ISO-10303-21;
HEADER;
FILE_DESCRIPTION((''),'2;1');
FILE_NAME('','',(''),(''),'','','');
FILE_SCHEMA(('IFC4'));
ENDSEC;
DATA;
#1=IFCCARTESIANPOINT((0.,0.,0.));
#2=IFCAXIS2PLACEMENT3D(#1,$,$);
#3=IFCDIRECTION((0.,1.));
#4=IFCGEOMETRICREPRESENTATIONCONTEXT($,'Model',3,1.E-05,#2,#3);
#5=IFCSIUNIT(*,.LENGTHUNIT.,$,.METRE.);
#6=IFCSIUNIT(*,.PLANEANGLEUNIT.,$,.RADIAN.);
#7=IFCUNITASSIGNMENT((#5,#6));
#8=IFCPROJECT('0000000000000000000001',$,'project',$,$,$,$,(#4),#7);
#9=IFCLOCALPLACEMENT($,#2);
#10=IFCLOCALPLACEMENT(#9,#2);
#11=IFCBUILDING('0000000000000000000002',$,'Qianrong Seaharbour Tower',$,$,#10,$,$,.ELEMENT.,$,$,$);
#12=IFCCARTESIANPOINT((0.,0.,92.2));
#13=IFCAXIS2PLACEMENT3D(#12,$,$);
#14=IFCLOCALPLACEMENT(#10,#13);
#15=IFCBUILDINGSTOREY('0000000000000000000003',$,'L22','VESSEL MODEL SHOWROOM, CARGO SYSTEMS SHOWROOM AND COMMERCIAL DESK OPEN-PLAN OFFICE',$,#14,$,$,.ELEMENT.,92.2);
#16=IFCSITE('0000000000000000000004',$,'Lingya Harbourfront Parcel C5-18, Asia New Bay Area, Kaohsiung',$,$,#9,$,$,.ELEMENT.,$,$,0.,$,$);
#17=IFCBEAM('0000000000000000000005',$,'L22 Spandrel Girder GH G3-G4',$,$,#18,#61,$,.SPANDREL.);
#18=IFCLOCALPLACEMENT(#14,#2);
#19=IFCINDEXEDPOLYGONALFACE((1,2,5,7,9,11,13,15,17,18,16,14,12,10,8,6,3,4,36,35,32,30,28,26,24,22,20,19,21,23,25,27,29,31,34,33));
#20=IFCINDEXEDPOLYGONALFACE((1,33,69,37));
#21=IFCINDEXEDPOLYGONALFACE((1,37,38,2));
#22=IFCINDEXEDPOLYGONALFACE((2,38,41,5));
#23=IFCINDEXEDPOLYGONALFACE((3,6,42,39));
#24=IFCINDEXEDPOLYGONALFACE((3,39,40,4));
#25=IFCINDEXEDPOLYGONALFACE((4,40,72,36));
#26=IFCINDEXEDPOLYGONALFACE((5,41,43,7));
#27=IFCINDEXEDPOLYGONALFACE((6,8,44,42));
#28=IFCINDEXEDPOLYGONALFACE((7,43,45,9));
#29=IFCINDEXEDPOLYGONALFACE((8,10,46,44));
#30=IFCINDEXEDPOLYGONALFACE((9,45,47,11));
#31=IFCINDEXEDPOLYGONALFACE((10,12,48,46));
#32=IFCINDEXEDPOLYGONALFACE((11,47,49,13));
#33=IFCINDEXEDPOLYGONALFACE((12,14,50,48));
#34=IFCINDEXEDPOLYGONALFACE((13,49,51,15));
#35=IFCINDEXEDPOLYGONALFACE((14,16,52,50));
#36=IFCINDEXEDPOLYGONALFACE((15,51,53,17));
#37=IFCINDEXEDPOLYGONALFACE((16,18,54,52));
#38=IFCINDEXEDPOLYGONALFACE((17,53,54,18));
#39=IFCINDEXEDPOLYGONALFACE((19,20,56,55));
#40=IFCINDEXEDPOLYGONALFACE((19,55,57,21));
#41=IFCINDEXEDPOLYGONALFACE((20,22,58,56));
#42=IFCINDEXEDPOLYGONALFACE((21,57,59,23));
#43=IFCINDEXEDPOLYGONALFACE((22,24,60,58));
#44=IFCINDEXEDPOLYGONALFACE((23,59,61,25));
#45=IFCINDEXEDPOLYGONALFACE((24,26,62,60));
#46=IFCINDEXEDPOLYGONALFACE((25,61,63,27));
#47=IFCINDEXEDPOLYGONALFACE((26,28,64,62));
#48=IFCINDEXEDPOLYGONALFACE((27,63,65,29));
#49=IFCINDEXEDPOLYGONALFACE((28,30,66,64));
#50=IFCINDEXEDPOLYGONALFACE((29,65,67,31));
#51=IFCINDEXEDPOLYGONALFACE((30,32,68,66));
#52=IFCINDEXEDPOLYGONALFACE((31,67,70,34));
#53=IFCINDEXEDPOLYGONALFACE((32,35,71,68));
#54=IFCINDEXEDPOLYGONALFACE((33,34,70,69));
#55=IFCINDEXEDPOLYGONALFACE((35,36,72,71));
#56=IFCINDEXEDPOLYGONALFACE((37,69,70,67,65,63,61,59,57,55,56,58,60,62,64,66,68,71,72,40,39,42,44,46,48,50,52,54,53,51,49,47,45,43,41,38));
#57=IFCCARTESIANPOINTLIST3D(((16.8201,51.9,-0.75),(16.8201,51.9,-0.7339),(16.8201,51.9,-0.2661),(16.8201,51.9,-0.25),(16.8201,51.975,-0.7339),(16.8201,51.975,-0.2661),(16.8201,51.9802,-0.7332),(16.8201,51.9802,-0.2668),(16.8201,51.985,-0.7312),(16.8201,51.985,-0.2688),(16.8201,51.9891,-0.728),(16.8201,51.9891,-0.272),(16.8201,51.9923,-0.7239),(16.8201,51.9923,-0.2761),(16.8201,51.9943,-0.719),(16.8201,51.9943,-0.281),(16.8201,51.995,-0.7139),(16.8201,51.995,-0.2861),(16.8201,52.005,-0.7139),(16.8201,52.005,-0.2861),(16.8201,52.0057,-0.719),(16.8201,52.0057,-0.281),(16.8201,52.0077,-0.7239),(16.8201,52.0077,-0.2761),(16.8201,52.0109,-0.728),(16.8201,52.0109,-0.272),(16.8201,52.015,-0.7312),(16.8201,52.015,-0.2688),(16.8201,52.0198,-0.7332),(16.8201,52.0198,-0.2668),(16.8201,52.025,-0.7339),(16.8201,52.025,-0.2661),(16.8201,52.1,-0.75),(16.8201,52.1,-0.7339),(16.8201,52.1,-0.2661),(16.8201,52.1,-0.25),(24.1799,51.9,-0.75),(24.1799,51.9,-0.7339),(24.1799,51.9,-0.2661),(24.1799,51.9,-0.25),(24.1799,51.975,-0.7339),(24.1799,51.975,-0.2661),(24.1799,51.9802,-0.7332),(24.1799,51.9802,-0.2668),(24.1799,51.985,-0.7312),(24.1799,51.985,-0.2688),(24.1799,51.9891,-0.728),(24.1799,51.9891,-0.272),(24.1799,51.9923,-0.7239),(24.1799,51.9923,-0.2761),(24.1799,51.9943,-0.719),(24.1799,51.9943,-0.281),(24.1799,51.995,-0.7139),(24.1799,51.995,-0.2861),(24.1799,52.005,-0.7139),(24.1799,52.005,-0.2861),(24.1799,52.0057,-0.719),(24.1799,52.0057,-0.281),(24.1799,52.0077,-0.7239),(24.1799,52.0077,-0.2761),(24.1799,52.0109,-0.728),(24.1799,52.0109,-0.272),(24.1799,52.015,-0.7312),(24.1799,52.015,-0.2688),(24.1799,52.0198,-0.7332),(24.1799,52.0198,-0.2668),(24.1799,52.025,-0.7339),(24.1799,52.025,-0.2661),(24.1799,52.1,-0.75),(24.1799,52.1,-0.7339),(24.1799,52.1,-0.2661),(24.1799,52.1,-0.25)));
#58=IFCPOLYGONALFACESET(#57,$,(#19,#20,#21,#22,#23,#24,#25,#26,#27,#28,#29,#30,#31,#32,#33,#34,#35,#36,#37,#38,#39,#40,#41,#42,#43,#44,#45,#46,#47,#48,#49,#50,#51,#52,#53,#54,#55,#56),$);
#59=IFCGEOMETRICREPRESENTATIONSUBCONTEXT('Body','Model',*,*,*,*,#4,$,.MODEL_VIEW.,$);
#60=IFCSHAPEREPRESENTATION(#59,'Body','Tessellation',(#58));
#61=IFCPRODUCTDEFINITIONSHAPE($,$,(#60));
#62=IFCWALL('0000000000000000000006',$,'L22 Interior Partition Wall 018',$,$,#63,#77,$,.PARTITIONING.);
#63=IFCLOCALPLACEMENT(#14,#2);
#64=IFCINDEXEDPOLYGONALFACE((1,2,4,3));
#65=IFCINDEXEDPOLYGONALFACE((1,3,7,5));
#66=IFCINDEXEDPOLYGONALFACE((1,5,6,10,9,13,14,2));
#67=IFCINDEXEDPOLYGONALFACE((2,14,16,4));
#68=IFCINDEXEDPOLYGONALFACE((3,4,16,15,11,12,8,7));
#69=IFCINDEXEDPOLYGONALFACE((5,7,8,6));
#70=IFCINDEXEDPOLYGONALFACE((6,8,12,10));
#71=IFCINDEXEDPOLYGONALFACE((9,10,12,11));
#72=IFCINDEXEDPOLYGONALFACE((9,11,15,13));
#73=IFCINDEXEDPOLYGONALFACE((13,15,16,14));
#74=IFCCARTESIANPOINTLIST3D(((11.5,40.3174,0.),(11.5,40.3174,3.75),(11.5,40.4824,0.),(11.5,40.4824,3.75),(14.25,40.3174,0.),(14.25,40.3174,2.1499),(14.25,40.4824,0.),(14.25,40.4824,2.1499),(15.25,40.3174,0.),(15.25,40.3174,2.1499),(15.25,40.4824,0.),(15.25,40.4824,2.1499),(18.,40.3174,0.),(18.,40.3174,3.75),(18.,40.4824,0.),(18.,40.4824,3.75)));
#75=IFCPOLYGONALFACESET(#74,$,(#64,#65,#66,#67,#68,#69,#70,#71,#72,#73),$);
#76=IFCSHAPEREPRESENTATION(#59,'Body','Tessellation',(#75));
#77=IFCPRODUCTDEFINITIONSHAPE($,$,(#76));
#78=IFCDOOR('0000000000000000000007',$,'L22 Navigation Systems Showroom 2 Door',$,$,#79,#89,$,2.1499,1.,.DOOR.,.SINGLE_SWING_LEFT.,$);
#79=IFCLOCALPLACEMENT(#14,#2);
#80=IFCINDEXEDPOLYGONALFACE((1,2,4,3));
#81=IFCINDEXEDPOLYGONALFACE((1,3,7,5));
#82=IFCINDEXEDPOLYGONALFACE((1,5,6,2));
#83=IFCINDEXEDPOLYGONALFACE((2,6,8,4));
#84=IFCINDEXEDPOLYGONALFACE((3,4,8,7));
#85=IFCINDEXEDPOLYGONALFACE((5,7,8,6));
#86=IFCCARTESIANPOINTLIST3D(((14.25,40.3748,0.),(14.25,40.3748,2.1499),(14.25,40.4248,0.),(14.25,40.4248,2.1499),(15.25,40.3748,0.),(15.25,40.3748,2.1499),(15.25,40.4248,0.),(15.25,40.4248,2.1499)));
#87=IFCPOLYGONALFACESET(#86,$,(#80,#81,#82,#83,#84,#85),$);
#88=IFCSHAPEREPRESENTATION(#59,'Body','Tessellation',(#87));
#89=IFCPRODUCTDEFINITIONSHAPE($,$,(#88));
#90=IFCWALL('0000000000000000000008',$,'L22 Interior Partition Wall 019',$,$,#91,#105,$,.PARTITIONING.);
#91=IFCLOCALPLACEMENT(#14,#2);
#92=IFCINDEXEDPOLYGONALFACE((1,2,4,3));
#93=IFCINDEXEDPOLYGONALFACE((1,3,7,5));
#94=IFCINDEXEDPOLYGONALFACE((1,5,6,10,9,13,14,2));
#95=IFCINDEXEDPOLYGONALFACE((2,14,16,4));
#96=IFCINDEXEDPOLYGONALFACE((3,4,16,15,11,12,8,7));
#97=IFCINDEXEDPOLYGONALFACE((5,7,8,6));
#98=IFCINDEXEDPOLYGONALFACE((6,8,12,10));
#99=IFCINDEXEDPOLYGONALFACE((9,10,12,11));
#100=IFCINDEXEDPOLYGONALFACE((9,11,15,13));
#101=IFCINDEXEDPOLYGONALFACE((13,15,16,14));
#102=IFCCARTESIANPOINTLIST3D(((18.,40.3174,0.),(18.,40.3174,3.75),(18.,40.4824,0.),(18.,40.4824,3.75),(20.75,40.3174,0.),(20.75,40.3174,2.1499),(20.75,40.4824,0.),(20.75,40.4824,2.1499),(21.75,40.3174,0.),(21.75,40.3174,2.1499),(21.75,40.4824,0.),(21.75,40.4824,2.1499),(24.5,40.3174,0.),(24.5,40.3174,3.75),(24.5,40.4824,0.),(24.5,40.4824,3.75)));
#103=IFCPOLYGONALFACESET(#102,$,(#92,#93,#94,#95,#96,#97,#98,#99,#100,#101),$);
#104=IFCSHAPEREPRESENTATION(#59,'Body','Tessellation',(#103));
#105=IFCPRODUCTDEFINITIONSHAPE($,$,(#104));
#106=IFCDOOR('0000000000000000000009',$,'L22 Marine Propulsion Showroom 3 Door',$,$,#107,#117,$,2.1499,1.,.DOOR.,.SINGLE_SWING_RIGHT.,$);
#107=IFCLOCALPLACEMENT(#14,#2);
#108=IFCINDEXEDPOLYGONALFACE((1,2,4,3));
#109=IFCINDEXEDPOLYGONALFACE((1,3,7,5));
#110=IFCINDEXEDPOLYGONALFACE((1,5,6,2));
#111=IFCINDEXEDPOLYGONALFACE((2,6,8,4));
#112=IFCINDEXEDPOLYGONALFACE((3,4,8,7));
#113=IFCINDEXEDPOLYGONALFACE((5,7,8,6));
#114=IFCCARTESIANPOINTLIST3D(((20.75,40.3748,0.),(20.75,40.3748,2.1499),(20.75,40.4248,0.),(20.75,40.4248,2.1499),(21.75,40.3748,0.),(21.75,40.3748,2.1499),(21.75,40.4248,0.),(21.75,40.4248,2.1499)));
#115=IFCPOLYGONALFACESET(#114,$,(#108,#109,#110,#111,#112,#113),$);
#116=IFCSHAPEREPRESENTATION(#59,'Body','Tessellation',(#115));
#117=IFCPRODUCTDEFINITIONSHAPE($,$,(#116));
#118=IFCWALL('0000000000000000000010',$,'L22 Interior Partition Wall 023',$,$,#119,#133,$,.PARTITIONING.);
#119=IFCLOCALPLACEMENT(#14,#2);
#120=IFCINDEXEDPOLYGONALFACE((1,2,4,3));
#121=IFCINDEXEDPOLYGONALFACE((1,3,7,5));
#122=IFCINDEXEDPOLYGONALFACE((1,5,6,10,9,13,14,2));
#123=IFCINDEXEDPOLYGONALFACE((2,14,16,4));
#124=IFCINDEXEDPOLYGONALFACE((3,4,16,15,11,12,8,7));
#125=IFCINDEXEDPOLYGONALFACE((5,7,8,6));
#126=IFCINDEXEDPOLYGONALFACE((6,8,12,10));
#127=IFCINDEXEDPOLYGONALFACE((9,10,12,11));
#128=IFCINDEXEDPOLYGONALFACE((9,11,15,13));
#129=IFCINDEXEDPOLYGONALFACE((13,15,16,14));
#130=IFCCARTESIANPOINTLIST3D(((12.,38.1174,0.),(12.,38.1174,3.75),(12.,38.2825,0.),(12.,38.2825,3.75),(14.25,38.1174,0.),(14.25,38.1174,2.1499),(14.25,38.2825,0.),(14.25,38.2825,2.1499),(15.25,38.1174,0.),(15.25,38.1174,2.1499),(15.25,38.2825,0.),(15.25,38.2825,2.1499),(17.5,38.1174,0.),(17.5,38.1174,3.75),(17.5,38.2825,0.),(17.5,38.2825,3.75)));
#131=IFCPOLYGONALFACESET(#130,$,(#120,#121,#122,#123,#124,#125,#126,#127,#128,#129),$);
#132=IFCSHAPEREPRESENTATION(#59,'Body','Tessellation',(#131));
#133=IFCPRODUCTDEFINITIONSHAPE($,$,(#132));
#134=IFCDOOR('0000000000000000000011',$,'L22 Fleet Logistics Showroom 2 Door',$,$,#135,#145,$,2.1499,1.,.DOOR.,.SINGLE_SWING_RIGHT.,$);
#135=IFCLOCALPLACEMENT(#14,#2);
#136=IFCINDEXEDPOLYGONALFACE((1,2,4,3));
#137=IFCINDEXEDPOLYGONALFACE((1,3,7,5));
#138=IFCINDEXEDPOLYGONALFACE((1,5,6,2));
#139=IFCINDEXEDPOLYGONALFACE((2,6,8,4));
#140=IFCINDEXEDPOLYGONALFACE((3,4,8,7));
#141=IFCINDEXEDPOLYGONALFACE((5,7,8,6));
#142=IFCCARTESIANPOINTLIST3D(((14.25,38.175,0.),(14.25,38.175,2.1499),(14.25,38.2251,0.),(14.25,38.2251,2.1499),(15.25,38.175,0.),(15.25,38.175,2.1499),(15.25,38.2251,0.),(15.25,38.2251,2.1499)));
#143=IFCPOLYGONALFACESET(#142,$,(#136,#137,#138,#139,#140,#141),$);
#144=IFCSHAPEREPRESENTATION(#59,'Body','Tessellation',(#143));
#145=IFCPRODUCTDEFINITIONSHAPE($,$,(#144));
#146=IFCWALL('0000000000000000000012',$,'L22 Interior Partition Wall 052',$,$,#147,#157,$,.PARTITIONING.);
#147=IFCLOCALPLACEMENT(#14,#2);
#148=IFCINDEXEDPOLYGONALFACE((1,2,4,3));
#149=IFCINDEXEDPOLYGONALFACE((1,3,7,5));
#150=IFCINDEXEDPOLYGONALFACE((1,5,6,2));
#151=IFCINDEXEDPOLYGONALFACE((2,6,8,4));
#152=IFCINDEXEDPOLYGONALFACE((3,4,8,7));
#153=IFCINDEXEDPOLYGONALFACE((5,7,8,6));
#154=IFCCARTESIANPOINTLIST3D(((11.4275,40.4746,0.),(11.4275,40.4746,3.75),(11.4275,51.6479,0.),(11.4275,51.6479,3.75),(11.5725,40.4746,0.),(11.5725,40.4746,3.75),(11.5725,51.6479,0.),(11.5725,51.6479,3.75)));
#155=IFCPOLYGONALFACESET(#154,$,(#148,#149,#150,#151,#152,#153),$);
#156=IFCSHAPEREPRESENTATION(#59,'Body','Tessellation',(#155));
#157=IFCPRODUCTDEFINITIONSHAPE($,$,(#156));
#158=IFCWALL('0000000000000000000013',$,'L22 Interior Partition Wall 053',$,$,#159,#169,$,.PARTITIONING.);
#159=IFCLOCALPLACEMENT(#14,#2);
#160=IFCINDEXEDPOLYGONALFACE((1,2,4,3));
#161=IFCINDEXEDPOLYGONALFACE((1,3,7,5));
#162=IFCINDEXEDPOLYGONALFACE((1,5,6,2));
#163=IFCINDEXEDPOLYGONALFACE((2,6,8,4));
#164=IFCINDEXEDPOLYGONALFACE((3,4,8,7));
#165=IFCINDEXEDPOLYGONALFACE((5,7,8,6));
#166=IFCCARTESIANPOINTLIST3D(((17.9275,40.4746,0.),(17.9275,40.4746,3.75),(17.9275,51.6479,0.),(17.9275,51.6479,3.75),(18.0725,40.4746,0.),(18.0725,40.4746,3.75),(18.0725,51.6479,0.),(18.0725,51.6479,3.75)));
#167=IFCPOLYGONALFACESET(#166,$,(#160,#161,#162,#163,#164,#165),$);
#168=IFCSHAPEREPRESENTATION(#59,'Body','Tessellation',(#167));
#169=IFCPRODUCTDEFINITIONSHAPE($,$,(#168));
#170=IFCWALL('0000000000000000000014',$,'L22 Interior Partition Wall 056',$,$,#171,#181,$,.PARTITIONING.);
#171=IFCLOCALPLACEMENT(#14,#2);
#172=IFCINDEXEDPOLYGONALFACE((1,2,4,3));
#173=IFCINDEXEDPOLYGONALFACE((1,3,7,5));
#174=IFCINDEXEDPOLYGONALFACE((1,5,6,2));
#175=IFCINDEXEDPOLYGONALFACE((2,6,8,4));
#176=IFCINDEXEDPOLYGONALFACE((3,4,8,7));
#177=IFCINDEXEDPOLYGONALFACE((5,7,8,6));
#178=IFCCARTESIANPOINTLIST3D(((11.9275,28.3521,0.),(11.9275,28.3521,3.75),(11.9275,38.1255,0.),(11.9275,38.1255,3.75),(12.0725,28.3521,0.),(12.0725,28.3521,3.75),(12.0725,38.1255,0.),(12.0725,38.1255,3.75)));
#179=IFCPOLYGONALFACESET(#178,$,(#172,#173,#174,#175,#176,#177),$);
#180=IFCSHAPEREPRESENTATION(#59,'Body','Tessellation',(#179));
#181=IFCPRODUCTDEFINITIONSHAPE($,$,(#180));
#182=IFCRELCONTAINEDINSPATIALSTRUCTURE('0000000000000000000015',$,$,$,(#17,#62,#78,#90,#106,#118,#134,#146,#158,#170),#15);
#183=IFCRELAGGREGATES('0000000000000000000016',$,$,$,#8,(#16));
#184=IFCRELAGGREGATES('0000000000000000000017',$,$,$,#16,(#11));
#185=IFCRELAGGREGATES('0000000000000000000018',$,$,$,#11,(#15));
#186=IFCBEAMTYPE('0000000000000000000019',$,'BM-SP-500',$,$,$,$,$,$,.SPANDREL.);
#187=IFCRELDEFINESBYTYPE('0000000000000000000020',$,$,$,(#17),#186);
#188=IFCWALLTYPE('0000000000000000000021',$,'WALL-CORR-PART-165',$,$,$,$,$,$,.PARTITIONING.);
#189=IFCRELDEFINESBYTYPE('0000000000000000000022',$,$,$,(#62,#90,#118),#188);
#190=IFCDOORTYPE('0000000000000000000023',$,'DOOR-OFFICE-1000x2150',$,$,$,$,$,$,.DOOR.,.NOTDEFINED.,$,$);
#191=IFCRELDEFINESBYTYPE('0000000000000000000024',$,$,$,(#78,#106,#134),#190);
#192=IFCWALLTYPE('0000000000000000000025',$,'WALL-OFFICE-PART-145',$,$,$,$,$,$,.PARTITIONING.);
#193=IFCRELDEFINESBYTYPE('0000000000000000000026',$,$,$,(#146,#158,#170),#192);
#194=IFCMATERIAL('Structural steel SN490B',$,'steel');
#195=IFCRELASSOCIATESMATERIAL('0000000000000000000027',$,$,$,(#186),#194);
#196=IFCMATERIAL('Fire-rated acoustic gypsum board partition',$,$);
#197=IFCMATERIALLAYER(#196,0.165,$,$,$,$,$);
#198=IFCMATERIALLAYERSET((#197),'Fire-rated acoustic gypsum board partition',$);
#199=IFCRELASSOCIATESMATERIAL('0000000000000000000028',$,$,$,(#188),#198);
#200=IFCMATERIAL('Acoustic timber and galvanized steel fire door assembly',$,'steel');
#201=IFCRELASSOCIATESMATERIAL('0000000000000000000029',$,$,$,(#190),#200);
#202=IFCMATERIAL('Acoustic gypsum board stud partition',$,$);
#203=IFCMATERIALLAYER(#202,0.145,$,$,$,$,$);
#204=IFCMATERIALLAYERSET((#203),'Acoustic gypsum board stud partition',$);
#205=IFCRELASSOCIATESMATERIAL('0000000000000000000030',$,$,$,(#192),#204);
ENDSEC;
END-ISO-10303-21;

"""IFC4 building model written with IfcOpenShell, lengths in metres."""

from ifc_helpers import new_model, si_unit, direction, frame, frame_2d, origin, origin_2d, place, context, subcontext, project, spatial, rectangle, i_section, extrude, material, layer, layer_set, material_profile, profile_set, type_object, element, fill, save


model = new_model("IFC4")

# Units and contexts
model_context = context("Model", 3, precision=1e-05, world=origin(), true_north=direction((0.0, 1.0)))
body_context = subcontext(model_context, "Body", "Model", "MODEL_VIEW")
ifc_project = project(units=[si_unit("LENGTHUNIT", "METRE"), si_unit("PLANEANGLEUNIT", "RADIAN")], contexts=[model_context])

# Site, building, storey
site_placement = place(None, origin())
site = spatial("IfcSite", under=ifc_project, at=site_placement, Name="Lingya Harbourfront Parcel C5-18, Asia New Bay Area, Kaohsiung", CompositionType="ELEMENT", RefElevation=0.0)
building_placement = place(site_placement, origin())
building = spatial("IfcBuilding", under=site, at=building_placement, Name="Qianrong Seaharbour Tower", CompositionType="ELEMENT")
storey_placement = place(building_placement, frame((0.0, 0.0, 92.2)))
storey = spatial("IfcBuildingStorey", under=building, at=storey_placement, Name="L22", Description="VESSEL MODEL SHOWROOM, CARGO SYSTEMS SHOWROOM AND COMMERCIAL DESK OPEN-PLAN OFFICE", CompositionType="ELEMENT", Elevation=92.2)

# Shared definitions
ifc_material_1 = material(Name="Structural steel SN490B", Category="steel")

# Beam
ifc_material_profile_1 = material_profile(ifc_material_1, i_section(OverallWidth=0.2, OverallDepth=0.5, WebThickness=0.01, FlangeThickness=0.0161, FilletRadius=0.02, at=origin_2d()), Name="H500x200x10x16")
ifc_profile_set_1 = profile_set([ifc_material_profile_1], Name="Structural steel SN490B")
beam_type_1 = type_object("IfcBeamType", Name="BM-SP-500", PredefinedType="SPANDREL", material=ifc_profile_set_1)
beam_1_placement = place(storey_placement, frame((16.8201, 52.0, -0.5), z_axis=(1.0, 0.0, 0.0), x_axis=(0.0, 1.0, 0.0)))
element("IfcBeam", 1, at=beam_1_placement, inside=storey, type_object=beam_type_1, Name="L22 Spandrel Girder GH G3-G4", PredefinedType="SPANDREL", context=body_context, shape_type="SweptSolid", body=[
    extrude(i_section(OverallWidth=0.2, OverallDepth=0.5, WebThickness=0.01, FlangeThickness=0.0161, FilletRadius=0.02, at=origin_2d()), origin(), (0.0, 0.0, 1.0), 7.3599),
])

# Walls, openings, doors
ifc_material_2 = material(Name="Fire-rated acoustic gypsum board partition")
ifc_layer_1 = layer(ifc_material_2, 0.165)
ifc_layer_set_1 = layer_set([ifc_layer_1], Name="Fire-rated acoustic gypsum board partition")
wall_type_1 = type_object("IfcWallType", Name="WALL-CORR-PART-165", PredefinedType="PARTITIONING", material=ifc_layer_set_1)
wall_1_placement = place(storey_placement, frame((11.5, 40.3999, 0.0), z_axis=(0.0, 0.0, 1.0), x_axis=(1.0, 0.0, 0.0)))
wall_1 = element("IfcWall", 2, at=wall_1_placement, inside=storey, type_object=wall_type_1, Name="L22 Interior Partition Wall 018", PredefinedType="PARTITIONING", context=body_context, shape_type="SweptSolid", body=[
    extrude(rectangle(XDim=6.5, YDim=0.165, at=frame_2d((3.25, 0.0))), origin(), (0.0, 0.0, 1.0), 3.75),
])
opening_1_placement = place(wall_1_placement, frame((2.75, 0.0, 0.0)))
opening_1 = element("IfcOpeningElement", 3, at=opening_1_placement, cuts=wall_1, PredefinedType="OPENING", context=body_context, shape_type="SweptSolid", body=[
    extrude(rectangle(XDim=1.0, YDim=2.1499, at=frame_2d((0.5, 1.075))), frame((0.0, 0.0925, 0.0), z_axis=(0.0, -1.0, 0.0), x_axis=(1.0, 0.0, 0.0)), (0.0, 0.0, 1.0), 0.1851),
])
ifc_material_3 = material(Name="Acoustic timber and galvanized steel fire door assembly", Category="steel")
door_type = type_object("IfcDoorType", Name="DOOR-OFFICE-1000x2150", OperationType="NOTDEFINED", PredefinedType="DOOR", material=ifc_material_3)
door_1_placement = place(opening_1_placement, origin())
door_1 = element("IfcDoor", 4, at=door_1_placement, inside=storey, type_object=door_type, Name="L22 Navigation Systems Showroom 2 Door", OperationType="SINGLE_SWING_LEFT", OverallHeight=2.1499, OverallWidth=1.0, PredefinedType="DOOR", context=body_context, shape_type="SweptSolid", body=[
    extrude(rectangle(XDim=1.0, YDim=2.1499, at=frame_2d((0.5, 1.075))), frame((0.0, 0.0249, 0.0), z_axis=(0.0, -1.0, 0.0), x_axis=(1.0, 0.0, 0.0)), (0.0, 0.0, 1.0), 0.05),
])
fill(opening_1, door_1)
wall_2_placement = place(storey_placement, frame((18.0, 40.3999, 0.0), z_axis=(0.0, 0.0, 1.0), x_axis=(1.0, 0.0, 0.0)))
wall_2 = element("IfcWall", 5, at=wall_2_placement, inside=storey, type_object=wall_type_1, Name="L22 Interior Partition Wall 019", PredefinedType="PARTITIONING", context=body_context, shape_type="SweptSolid", body=[
    extrude(rectangle(XDim=6.5, YDim=0.165, at=frame_2d((3.25, 0.0))), origin(), (0.0, 0.0, 1.0), 3.75),
])
opening_2_placement = place(wall_2_placement, frame((2.75, 0.0, 0.0)))
opening_2 = element("IfcOpeningElement", 6, at=opening_2_placement, cuts=wall_2, PredefinedType="OPENING", context=body_context, shape_type="SweptSolid", body=[
    extrude(rectangle(XDim=1.0, YDim=2.1499, at=frame_2d((0.5, 1.075))), frame((0.0, 0.0925, 0.0), z_axis=(0.0, -1.0, 0.0), x_axis=(1.0, 0.0, 0.0)), (0.0, 0.0, 1.0), 0.1851),
])
door_2_placement = place(opening_2_placement, origin())
door_2 = element("IfcDoor", 7, at=door_2_placement, inside=storey, type_object=door_type, Name="L22 Marine Propulsion Showroom 3 Door", OperationType="SINGLE_SWING_RIGHT", OverallHeight=2.1499, OverallWidth=1.0, PredefinedType="DOOR", context=body_context, shape_type="SweptSolid", body=[
    extrude(rectangle(XDim=1.0, YDim=2.1499, at=frame_2d((0.5, 1.075))), frame((0.0, 0.0249, 0.0), z_axis=(0.0, -1.0, 0.0), x_axis=(1.0, 0.0, 0.0)), (0.0, 0.0, 1.0), 0.05),
])
fill(opening_2, door_2)
wall_3_placement = place(storey_placement, frame((17.5, 38.2, 0.0), z_axis=(0.0, 0.0, 1.0), x_axis=(-1.0, 0.0, 0.0)))
wall_3 = element("IfcWall", 8, at=wall_3_placement, inside=storey, type_object=wall_type_1, Name="L22 Interior Partition Wall 023", PredefinedType="PARTITIONING", context=body_context, shape_type="SweptSolid", body=[
    extrude(rectangle(XDim=5.5, YDim=0.165, at=frame_2d((2.75, 0.0))), origin(), (0.0, 0.0, 1.0), 3.75),
])
opening_3_placement = place(wall_3_placement, frame((2.25, 0.0, 0.0)))
opening_3 = element("IfcOpeningElement", 9, at=opening_3_placement, cuts=wall_3, PredefinedType="OPENING", context=body_context, shape_type="SweptSolid", body=[
    extrude(rectangle(XDim=1.0, YDim=2.1499, at=frame_2d((0.5, 1.075))), frame((0.0, 0.0925, 0.0), z_axis=(0.0, -1.0, 0.0), x_axis=(1.0, 0.0, 0.0)), (0.0, 0.0, 1.0), 0.1851),
])
door_3_placement = place(opening_3_placement, origin())
door_3 = element("IfcDoor", 10, at=door_3_placement, inside=storey, type_object=door_type, Name="L22 Fleet Logistics Showroom 2 Door", OperationType="SINGLE_SWING_RIGHT", OverallHeight=2.1499, OverallWidth=1.0, PredefinedType="DOOR", context=body_context, shape_type="SweptSolid", body=[
    extrude(rectangle(XDim=1.0, YDim=2.1499, at=frame_2d((0.5, 1.075))), frame((0.0, 0.0249, 0.0), z_axis=(0.0, -1.0, 0.0), x_axis=(1.0, 0.0, 0.0)), (0.0, 0.0, 1.0), 0.05),
])
fill(opening_3, door_3)

# Walls
ifc_material_4 = material(Name="Acoustic gypsum board stud partition")
ifc_layer_2 = layer(ifc_material_4, 0.145)
ifc_layer_set_2 = layer_set([ifc_layer_2], Name="Acoustic gypsum board stud partition")
wall_type_2 = type_object("IfcWallType", Name="WALL-OFFICE-PART-145", PredefinedType="PARTITIONING", material=ifc_layer_set_2)
for number, where, z_axis, x_axis, name in (
    (11, (11.5, 51.6479, 0.0), (0.0, 0.0, 1.0), (0.0, -1.0, 0.0), "L22 Interior Partition Wall 052"),
    (12, (18.0, 51.6479, 0.0), (0.0, 0.0, 1.0), (0.0, -1.0, 0.0), "L22 Interior Partition Wall 053"),
):
    element("IfcWall", number, at=place(storey_placement, frame(where, z_axis=z_axis, x_axis=x_axis)), inside=storey, type_object=wall_type_2, Name=name, PredefinedType="PARTITIONING", context=body_context, shape_type="SweptSolid", body=[
        extrude(rectangle(XDim=11.1733, YDim=0.145, at=frame_2d((5.5867, 0.0))), origin(), (0.0, 0.0, 1.0), 3.75),
    ])
for number, where, z_axis, x_axis, name in (
    (13, (12.0, 38.1255, 0.0), (0.0, 0.0, 1.0), (0.0, -1.0, 0.0), "L22 Interior Partition Wall 056"),
):
    element("IfcWall", number, at=place(storey_placement, frame(where, z_axis=z_axis, x_axis=x_axis)), inside=storey, type_object=wall_type_2, Name=name, PredefinedType="PARTITIONING", context=body_context, shape_type="SweptSolid", body=[
        extrude(rectangle(XDim=9.7734, YDim=0.145, at=frame_2d((4.8867, 0.0))), origin(), (0.0, 0.0, 1.0), 3.75),
    ])

save(model, "model.ifc")
